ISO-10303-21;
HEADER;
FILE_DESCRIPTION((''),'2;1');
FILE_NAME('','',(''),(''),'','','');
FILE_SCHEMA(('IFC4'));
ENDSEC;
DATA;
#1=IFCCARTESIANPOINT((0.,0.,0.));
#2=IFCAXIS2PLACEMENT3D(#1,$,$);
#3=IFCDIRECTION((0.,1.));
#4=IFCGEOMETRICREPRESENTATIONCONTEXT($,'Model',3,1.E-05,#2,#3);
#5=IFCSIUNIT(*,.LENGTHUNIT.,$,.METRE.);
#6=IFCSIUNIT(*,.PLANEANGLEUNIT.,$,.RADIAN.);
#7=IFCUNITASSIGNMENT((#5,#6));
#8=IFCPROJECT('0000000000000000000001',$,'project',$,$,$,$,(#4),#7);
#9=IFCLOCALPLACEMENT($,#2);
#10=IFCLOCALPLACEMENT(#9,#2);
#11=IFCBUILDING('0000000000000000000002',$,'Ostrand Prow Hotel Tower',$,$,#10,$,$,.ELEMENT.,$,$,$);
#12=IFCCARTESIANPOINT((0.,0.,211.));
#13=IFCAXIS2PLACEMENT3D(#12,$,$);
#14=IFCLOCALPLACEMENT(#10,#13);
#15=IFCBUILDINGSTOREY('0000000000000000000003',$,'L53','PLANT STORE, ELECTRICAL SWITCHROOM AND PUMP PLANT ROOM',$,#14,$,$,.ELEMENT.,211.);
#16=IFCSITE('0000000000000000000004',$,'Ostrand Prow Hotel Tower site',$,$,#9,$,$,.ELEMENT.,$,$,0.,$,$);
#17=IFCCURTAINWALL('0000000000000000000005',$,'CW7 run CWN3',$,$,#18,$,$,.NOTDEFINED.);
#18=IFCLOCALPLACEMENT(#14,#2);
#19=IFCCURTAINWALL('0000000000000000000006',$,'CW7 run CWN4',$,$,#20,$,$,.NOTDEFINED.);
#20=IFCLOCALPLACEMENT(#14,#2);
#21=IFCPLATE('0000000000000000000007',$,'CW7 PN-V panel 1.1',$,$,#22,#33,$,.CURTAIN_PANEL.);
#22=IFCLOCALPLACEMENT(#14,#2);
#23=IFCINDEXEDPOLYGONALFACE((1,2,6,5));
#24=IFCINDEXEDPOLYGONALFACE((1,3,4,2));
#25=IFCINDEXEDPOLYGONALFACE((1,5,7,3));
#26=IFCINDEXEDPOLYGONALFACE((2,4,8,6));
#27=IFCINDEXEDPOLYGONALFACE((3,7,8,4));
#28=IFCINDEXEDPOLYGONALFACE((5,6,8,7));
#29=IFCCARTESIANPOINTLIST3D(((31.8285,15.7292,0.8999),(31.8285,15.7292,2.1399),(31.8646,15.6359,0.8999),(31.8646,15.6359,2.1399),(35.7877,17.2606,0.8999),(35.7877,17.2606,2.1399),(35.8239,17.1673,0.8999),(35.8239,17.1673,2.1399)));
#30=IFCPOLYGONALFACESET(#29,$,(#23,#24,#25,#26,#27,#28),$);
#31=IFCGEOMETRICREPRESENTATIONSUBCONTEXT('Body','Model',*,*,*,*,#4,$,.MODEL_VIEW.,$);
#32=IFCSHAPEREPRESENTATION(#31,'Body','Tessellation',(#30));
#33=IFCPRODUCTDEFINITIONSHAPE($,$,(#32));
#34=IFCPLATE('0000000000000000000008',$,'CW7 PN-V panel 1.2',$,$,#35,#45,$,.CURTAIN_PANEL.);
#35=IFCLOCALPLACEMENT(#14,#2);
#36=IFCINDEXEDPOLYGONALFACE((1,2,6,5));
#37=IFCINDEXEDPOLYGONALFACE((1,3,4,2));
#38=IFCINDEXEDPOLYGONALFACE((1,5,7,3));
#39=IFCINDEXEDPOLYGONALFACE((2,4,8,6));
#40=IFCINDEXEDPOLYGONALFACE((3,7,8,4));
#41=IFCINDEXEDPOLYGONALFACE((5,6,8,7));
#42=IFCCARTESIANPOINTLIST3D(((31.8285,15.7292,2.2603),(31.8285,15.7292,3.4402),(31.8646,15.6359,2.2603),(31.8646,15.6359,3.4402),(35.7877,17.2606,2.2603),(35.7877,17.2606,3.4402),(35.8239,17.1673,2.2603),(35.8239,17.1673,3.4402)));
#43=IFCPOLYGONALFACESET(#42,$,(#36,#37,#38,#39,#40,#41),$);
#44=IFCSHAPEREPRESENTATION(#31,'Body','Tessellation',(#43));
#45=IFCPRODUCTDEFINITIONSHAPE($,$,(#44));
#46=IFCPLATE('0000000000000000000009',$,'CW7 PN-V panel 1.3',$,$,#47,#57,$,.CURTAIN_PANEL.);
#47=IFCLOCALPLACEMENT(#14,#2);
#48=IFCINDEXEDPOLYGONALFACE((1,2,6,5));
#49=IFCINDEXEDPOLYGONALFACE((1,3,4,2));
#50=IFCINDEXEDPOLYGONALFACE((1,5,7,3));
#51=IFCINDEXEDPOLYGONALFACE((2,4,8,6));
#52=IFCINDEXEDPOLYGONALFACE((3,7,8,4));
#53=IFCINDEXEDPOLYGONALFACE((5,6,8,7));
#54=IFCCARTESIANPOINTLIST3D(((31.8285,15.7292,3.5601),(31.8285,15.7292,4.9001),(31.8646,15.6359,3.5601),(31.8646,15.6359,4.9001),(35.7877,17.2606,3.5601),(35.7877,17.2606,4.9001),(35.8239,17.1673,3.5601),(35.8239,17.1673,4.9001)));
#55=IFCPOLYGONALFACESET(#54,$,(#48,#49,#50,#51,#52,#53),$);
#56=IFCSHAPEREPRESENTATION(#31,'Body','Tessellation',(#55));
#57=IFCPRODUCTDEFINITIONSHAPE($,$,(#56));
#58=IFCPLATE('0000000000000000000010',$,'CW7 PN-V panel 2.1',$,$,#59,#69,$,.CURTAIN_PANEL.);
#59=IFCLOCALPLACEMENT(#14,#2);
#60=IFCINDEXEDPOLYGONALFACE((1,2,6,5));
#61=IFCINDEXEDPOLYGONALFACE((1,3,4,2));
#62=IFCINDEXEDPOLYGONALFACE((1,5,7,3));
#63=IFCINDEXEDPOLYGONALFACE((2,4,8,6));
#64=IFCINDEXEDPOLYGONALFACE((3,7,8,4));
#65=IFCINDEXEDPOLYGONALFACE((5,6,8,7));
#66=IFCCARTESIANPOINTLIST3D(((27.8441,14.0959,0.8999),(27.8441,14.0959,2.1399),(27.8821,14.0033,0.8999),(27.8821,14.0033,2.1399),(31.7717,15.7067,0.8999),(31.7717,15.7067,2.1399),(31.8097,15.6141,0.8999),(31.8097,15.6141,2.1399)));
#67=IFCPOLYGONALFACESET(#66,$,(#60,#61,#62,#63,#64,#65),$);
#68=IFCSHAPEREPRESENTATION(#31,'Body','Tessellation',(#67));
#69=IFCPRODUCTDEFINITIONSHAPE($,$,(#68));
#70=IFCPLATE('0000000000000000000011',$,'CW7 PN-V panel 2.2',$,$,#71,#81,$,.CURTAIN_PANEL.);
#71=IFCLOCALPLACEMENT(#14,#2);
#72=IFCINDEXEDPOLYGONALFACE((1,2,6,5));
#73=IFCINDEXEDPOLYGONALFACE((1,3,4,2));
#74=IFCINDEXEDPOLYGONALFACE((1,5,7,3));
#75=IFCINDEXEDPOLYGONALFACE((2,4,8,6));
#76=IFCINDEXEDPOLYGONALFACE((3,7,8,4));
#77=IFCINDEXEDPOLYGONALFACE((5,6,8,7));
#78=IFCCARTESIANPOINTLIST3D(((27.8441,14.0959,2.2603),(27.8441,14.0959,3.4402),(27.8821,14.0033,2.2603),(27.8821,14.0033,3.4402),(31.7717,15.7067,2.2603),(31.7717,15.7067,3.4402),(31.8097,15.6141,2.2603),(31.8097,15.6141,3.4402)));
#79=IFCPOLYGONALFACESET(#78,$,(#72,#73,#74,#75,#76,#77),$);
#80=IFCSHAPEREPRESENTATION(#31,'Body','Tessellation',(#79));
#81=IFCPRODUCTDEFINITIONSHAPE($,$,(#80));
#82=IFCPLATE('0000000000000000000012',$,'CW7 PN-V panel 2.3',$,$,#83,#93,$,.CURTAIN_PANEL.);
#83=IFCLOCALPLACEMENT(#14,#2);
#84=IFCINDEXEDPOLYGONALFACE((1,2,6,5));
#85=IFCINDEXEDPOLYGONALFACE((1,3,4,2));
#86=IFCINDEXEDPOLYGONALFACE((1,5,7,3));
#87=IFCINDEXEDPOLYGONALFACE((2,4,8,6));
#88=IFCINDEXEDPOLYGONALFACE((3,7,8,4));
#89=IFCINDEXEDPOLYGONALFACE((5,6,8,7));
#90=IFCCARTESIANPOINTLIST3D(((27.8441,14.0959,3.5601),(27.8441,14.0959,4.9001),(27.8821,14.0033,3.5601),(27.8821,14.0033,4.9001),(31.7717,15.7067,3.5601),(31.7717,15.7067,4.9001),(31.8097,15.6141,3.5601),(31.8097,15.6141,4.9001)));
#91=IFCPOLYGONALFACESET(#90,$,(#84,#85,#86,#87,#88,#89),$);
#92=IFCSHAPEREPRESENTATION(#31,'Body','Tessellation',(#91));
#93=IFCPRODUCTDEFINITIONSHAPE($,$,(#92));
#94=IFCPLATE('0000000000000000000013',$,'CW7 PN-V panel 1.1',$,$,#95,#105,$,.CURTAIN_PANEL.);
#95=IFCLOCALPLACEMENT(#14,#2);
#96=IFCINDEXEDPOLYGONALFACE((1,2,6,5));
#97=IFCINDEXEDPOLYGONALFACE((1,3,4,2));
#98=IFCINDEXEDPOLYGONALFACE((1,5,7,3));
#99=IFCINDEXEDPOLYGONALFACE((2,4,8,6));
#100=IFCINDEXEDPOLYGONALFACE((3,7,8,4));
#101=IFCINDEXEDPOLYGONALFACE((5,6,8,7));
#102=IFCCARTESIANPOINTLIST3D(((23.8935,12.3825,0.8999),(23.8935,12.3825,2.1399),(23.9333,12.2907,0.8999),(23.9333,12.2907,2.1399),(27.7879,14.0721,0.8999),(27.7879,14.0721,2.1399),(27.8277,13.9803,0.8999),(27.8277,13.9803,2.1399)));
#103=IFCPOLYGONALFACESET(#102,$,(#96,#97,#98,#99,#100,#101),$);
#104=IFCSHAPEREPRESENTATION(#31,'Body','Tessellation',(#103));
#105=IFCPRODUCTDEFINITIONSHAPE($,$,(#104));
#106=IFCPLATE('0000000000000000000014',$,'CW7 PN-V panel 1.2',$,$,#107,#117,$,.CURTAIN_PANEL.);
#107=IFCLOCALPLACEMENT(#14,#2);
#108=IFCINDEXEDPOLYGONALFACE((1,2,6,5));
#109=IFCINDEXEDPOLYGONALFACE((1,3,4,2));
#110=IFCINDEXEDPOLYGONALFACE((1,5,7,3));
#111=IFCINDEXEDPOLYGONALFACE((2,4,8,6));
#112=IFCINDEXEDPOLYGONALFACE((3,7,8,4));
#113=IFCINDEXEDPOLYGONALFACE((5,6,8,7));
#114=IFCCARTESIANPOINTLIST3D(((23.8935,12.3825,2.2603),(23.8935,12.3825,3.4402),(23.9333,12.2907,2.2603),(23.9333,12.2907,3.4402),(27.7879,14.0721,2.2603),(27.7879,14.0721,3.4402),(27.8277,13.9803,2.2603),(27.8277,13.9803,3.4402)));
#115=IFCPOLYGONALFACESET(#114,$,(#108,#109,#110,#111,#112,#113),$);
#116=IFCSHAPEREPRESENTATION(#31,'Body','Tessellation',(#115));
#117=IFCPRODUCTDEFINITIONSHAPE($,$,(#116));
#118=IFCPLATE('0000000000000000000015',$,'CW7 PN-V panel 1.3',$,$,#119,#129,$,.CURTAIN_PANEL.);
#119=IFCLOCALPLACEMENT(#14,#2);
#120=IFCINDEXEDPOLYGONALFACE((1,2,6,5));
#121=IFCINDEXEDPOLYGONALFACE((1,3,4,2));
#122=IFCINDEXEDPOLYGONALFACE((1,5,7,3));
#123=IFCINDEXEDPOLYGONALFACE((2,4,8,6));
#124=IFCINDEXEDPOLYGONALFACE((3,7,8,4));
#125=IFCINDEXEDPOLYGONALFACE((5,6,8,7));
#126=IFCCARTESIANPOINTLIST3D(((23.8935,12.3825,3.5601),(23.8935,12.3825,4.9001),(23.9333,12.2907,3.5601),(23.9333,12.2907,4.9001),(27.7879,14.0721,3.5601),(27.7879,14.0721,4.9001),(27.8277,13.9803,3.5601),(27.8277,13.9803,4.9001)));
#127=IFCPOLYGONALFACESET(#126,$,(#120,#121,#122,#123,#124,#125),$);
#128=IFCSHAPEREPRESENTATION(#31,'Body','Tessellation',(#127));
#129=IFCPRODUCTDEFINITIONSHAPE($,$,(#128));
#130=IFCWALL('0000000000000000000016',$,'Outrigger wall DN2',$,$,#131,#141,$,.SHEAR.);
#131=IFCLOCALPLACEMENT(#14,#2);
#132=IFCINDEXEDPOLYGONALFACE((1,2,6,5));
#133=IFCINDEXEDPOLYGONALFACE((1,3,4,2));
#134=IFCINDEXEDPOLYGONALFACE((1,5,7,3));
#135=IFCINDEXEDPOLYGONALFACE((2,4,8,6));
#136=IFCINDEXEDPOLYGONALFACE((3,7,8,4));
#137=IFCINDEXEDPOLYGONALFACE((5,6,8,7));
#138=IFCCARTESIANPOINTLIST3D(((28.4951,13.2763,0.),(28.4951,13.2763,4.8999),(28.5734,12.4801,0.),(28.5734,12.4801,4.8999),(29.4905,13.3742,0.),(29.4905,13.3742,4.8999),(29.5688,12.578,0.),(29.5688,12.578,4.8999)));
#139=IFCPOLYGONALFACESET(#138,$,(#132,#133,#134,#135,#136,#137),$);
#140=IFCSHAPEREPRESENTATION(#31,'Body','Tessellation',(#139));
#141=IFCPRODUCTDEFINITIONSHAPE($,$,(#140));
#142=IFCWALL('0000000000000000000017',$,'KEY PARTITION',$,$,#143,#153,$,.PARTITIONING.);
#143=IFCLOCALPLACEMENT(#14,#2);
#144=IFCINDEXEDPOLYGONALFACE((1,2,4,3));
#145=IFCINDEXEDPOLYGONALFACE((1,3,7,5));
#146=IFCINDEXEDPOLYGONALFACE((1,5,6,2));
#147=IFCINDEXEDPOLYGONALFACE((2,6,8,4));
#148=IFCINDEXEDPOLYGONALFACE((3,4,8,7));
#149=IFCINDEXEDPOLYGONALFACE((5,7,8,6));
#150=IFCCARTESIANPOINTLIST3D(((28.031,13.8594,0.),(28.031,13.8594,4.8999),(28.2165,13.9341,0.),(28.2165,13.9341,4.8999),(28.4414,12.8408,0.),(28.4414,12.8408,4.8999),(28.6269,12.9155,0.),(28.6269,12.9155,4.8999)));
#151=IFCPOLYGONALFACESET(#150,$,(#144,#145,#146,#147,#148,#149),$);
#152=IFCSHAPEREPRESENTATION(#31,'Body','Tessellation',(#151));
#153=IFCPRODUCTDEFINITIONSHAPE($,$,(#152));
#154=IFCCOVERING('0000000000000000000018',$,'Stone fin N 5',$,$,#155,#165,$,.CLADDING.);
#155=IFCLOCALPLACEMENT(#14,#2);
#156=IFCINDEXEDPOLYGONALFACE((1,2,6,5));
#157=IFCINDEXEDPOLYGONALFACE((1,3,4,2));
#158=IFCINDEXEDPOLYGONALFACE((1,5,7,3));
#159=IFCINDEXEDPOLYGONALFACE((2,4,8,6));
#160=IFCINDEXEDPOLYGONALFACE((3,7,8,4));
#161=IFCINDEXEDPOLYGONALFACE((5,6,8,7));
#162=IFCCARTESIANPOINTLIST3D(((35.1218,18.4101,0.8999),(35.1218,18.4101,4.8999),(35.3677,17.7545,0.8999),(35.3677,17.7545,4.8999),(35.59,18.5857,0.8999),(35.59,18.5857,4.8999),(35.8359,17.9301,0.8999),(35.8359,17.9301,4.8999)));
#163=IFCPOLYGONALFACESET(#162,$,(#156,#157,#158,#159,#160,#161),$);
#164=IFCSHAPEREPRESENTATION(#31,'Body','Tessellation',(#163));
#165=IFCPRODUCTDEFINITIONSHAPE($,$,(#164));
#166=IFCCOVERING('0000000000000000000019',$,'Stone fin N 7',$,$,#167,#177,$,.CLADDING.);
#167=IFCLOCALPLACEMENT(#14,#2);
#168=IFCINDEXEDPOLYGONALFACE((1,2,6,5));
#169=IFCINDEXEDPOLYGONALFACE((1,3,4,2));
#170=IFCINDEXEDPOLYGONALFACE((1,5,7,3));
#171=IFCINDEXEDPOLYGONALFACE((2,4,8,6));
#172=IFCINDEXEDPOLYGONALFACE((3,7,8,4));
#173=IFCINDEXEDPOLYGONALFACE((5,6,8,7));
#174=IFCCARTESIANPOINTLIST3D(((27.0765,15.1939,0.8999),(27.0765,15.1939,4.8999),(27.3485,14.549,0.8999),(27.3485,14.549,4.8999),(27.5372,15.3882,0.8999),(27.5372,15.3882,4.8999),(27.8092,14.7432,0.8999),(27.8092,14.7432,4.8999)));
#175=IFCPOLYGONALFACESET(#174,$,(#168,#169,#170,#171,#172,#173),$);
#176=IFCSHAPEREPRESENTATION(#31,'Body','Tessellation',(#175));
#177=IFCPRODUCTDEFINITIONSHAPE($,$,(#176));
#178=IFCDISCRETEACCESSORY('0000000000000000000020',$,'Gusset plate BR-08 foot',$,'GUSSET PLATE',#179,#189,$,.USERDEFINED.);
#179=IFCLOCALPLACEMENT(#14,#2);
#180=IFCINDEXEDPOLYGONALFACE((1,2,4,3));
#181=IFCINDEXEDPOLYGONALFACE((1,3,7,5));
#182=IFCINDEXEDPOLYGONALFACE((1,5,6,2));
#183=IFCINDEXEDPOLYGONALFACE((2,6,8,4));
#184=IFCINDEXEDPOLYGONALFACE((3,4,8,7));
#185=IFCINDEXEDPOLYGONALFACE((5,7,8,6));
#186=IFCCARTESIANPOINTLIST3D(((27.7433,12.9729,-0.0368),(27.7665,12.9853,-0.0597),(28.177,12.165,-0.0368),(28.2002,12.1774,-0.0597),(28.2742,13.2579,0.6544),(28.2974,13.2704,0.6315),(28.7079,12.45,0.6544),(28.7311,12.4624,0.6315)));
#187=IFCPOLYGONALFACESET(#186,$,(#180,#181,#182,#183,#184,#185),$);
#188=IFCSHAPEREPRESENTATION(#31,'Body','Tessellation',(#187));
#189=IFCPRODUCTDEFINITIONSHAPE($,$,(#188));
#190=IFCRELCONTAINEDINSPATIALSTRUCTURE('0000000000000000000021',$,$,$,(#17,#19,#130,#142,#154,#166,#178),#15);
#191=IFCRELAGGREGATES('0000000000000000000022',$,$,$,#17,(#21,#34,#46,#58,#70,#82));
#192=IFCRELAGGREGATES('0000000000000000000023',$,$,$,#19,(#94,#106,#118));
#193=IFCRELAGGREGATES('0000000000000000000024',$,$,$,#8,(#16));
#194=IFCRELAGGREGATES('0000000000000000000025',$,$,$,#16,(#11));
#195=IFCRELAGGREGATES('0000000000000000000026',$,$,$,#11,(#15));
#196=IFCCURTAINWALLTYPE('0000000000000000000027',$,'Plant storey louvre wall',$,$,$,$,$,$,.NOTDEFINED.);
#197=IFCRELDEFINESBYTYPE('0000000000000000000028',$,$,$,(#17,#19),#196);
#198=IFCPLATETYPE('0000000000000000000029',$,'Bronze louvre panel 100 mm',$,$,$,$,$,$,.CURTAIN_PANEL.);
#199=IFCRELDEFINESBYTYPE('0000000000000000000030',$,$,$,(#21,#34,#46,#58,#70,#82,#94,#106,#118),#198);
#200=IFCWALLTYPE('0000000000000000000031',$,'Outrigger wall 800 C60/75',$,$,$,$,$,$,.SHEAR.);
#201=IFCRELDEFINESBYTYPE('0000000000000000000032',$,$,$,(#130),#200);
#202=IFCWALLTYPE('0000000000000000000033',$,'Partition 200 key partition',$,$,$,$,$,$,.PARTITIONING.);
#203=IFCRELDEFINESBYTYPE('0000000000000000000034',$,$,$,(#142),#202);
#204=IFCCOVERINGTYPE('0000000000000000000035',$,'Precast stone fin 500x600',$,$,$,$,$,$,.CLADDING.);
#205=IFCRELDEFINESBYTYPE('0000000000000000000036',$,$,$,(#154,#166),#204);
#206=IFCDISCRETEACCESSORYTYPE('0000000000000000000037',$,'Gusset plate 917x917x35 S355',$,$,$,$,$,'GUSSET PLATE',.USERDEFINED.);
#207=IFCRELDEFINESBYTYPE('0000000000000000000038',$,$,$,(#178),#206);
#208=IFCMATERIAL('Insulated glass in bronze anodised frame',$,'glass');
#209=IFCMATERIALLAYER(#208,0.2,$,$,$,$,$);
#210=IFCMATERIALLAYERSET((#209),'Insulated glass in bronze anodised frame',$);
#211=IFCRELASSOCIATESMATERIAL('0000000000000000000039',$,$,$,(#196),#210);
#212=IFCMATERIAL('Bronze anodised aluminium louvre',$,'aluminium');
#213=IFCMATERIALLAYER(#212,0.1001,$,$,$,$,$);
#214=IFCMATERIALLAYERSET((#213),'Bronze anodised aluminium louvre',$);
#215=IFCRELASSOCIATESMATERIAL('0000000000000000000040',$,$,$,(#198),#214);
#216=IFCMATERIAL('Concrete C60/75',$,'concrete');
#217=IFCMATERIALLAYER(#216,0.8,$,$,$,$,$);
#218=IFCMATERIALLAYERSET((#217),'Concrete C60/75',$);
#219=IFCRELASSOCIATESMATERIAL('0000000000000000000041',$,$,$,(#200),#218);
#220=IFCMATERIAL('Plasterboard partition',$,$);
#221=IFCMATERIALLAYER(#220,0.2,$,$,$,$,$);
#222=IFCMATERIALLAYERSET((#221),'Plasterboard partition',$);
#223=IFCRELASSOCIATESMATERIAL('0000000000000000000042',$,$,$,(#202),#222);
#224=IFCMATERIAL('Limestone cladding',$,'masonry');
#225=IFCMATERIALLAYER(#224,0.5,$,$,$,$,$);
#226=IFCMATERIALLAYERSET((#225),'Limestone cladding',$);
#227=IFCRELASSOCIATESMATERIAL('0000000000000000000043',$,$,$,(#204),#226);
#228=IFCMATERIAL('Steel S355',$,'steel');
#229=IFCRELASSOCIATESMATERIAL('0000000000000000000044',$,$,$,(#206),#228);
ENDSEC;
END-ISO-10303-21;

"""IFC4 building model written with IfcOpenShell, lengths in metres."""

from ifc_helpers import new_model, si_unit, direction, frame, frame_2d, origin, origin_2d, place, context, subcontext, project, spatial, rectangle, extrude, material, layer, layer_set, material_profile, profile_set, type_object, element, aggregate, save


model = new_model("IFC4")

# Units and contexts
model_context = context("Model", 3, precision=1e-05, world=origin(), true_north=direction((0.0, 1.0)))
body_context = subcontext(model_context, "Body", "Model", "MODEL_VIEW")
ifc_project = project(units=[si_unit("LENGTHUNIT", "METRE"), si_unit("PLANEANGLEUNIT", "RADIAN")], contexts=[model_context])

# Site, building, storey
site_placement = place(None, origin())
site = spatial("IfcSite", under=ifc_project, at=site_placement, Name="Ostrand Prow Hotel Tower site", CompositionType="ELEMENT", RefElevation=0.0)
building_placement = place(site_placement, origin())
building = spatial("IfcBuilding", under=site, at=building_placement, Name="Ostrand Prow Hotel Tower", CompositionType="ELEMENT")
storey_placement = place(building_placement, frame((0.0, 0.0, 211.0)))
storey = spatial("IfcBuildingStorey", under=building, at=storey_placement, Name="L53", Description="PLANT STORE, ELECTRICAL SWITCHROOM AND PUMP PLANT ROOM", CompositionType="ELEMENT", Elevation=211.0)

# Curtain wall
ifc_material_1 = material(Name="Insulated glass in bronze anodised frame", Category="glass")
ifc_layer_1 = layer(ifc_material_1, 0.2)
ifc_layer_set_1 = layer_set([ifc_layer_1], Name="Insulated glass in bronze anodised frame")
curtain_wall_type = type_object("IfcCurtainWallType", Name="Plant storey louvre wall", PredefinedType="NOTDEFINED", material=ifc_layer_set_1)
curtain_wall_1_placement = place(storey_placement, origin())
curtain_wall_1 = element("IfcCurtainWall", 1, at=curtain_wall_1_placement, inside=storey, type_object=curtain_wall_type, Name="CW7 run CWN3", PredefinedType="NOTDEFINED")

# Curtain wall
curtain_wall_2_placement = place(storey_placement, origin())
curtain_wall_2 = element("IfcCurtainWall", 2, at=curtain_wall_2_placement, inside=storey, type_object=curtain_wall_type, Name="CW7 run CWN4", PredefinedType="NOTDEFINED")

# Plates
ifc_material_2 = material(Name="Bronze anodised aluminium louvre", Category="aluminium")
ifc_layer_2 = layer(ifc_material_2, 0.1001)
ifc_layer_set_2 = layer_set([ifc_layer_2], Name="Bronze anodised aluminium louvre")
plate_type = type_object("IfcPlateType", Name="Bronze louvre panel 100 mm", PredefinedType="CURTAIN_PANEL", material=ifc_layer_set_2)
plate_1_placement = place(storey_placement, frame((33.8262, 16.4482, 0.8999), z_axis=(0.0, 0.0, 1.0), x_axis=(-0.932663, -0.360749, 0.0)))
plate_1 = element("IfcPlate", 3, at=plate_1_placement, type_object=plate_type, Name="CW7 PN-V panel 1.1", PredefinedType="CURTAIN_PANEL", context=body_context, shape_type="SweptSolid", body=[
    extrude(rectangle(XDim=4.2451, YDim=0.1001, at=origin_2d()), origin(), (0.0, 0.0, 1.0), 1.24),
])
plate_2_placement = place(storey_placement, frame((33.8262, 16.4482, 2.2603), z_axis=(0.0, 0.0, 1.0), x_axis=(-0.932663, -0.360749, 0.0)))
plate_2 = element("IfcPlate", 4, at=plate_2_placement, type_object=plate_type, Name="CW7 PN-V panel 1.2", PredefinedType="CURTAIN_PANEL", context=body_context, shape_type="SweptSolid", body=[
    extrude(rectangle(XDim=4.2451, YDim=0.1001, at=origin_2d()), origin(), (0.0, 0.0, 1.0), 1.1799),
])
plate_3_placement = place(storey_placement, frame((33.8262, 16.4482, 3.5601), z_axis=(0.0, 0.0, 1.0), x_axis=(-0.932663, -0.360749, 0.0)))
plate_3 = element("IfcPlate", 5, at=plate_3_placement, type_object=plate_type, Name="CW7 PN-V panel 1.3", PredefinedType="CURTAIN_PANEL", context=body_context, shape_type="SweptSolid", body=[
    extrude(rectangle(XDim=4.2451, YDim=0.1001, at=origin_2d()), origin(), (0.0, 0.0, 1.0), 1.3401),
])
plate_4_placement = place(storey_placement, frame((29.8269, 14.855, 0.8999), z_axis=(0.0, 0.0, 1.0), x_axis=(-0.925211, -0.379453, 0.0)))
plate_4 = element("IfcPlate", 6, at=plate_4_placement, type_object=plate_type, Name="CW7 PN-V panel 2.1", PredefinedType="CURTAIN_PANEL", context=body_context, shape_type="SweptSolid", body=[
    extrude(rectangle(XDim=4.2451, YDim=0.1001, at=origin_2d()), origin(), (0.0, 0.0, 1.0), 1.24),
])
plate_5_placement = place(storey_placement, frame((29.8269, 14.855, 2.2603), z_axis=(0.0, 0.0, 1.0), x_axis=(-0.925211, -0.379453, 0.0)))
plate_5 = element("IfcPlate", 7, at=plate_5_placement, type_object=plate_type, Name="CW7 PN-V panel 2.2", PredefinedType="CURTAIN_PANEL", context=body_context, shape_type="SweptSolid", body=[
    extrude(rectangle(XDim=4.2451, YDim=0.1001, at=origin_2d()), origin(), (0.0, 0.0, 1.0), 1.1799),
])
plate_6_placement = place(storey_placement, frame((29.8269, 14.855, 3.5601), z_axis=(0.0, 0.0, 1.0), x_axis=(-0.925211, -0.379453, 0.0)))
plate_6 = element("IfcPlate", 8, at=plate_6_placement, type_object=plate_type, Name="CW7 PN-V panel 2.3", PredefinedType="CURTAIN_PANEL", context=body_context, shape_type="SweptSolid", body=[
    extrude(rectangle(XDim=4.2451, YDim=0.1001, at=origin_2d()), origin(), (0.0, 0.0, 1.0), 1.3401),
])
aggregate(curtain_wall_1, [plate_1, plate_2, plate_3, plate_4, plate_5, plate_6])
plate_7_placement = place(storey_placement, frame((25.8606, 13.1814, 0.8999), z_axis=(0.0, 0.0, 1.0), x_axis=(-0.917383, -0.398005, 0.0)))
plate_7 = element("IfcPlate", 9, at=plate_7_placement, type_object=plate_type, Name="CW7 PN-V panel 1.1", PredefinedType="CURTAIN_PANEL", context=body_context, shape_type="SweptSolid", body=[
    extrude(rectangle(XDim=4.2451, YDim=0.1001, at=origin_2d()), origin(), (0.0, 0.0, 1.0), 1.24),
])
plate_8_placement = place(storey_placement, frame((25.8606, 13.1814, 2.2603), z_axis=(0.0, 0.0, 1.0), x_axis=(-0.917383, -0.398005, 0.0)))
plate_8 = element("IfcPlate", 10, at=plate_8_placement, type_object=plate_type, Name="CW7 PN-V panel 1.2", PredefinedType="CURTAIN_PANEL", context=body_context, shape_type="SweptSolid", body=[
    extrude(rectangle(XDim=4.2451, YDim=0.1001, at=origin_2d()), origin(), (0.0, 0.0, 1.0), 1.1799),
])
plate_9_placement = place(storey_placement, frame((25.8606, 13.1814, 3.5601), z_axis=(0.0, 0.0, 1.0), x_axis=(-0.917383, -0.398005, 0.0)))
plate_9 = element("IfcPlate", 11, at=plate_9_placement, type_object=plate_type, Name="CW7 PN-V panel 1.3", PredefinedType="CURTAIN_PANEL", context=body_context, shape_type="SweptSolid", body=[
    extrude(rectangle(XDim=4.2451, YDim=0.1001, at=origin_2d()), origin(), (0.0, 0.0, 1.0), 1.3401),
])
aggregate(curtain_wall_2, [plate_7, plate_8, plate_9])

# Walls
ifc_material_3 = material(Name="Concrete C60/75", Category="concrete")
ifc_layer_3 = layer(ifc_material_3, 0.8)
ifc_layer_set_3 = layer_set([ifc_layer_3], Name="Concrete C60/75")
wall_type_1 = type_object("IfcWallType", Name="Outrigger wall 800 C60/75", PredefinedType="SHEAR", material=ifc_layer_set_3)
wall_1_placement = place(storey_placement, frame((29.5295, 12.9761, 0.0), z_axis=(0.0, 0.0, 1.0), x_axis=(-0.995198, -0.097884, 0.0)))
element("IfcWall", 12, at=wall_1_placement, inside=storey, type_object=wall_type_1, Name="Outrigger wall DN2", PredefinedType="SHEAR", context=body_context, shape_type="SweptSolid", body=[
    extrude(rectangle(XDim=1.0002, YDim=0.8, at=frame_2d((0.5, 0.0))), origin(), (0.0, 0.0, 1.0), 4.8999),
])
ifc_material_4 = material(Name="Plasterboard partition")
ifc_layer_4 = layer(ifc_material_4, 0.2)
ifc_layer_set_4 = layer_set([ifc_layer_4], Name="Plasterboard partition")
wall_type_2 = type_object("IfcWallType", Name="Partition 200 key partition", PredefinedType="PARTITIONING", material=ifc_layer_set_4)
wall_2_placement = place(storey_placement, frame((28.5342, 12.8782, 0.0), z_axis=(0.0, 0.0, 1.0), x_axis=(-0.373728, 0.927538, 0.0)))
element("IfcWall", 13, at=wall_2_placement, inside=storey, type_object=wall_type_2, Name="KEY PARTITION", PredefinedType="PARTITIONING", context=body_context, shape_type="SweptSolid", body=[
    extrude(rectangle(XDim=1.0981, YDim=0.2, at=frame_2d((0.5491, 0.0))), origin(), (0.0, 0.0, 1.0), 4.8999),
])

# Coverings
ifc_material_5 = material(Name="Limestone cladding", Category="masonry")
ifc_layer_5 = layer(ifc_material_5, 0.5)
ifc_layer_set_5 = layer_set([ifc_layer_5], Name="Limestone cladding")
covering_type = type_object("IfcCoveringType", Name="Precast stone fin 500x600", PredefinedType="CLADDING", material=ifc_layer_set_5)
covering_1_placement = place(storey_placement, frame((35.6018, 17.8423, 0.8999), z_axis=(0.0, 0.0, 1.0), x_axis=(-0.351162, 0.936315, 0.0)))
element("IfcCovering", 14, at=covering_1_placement, inside=storey, type_object=covering_type, Name="Stone fin N 5", PredefinedType="CLADDING", context=body_context, shape_type="SweptSolid", body=[
    extrude(rectangle(XDim=0.7002, YDim=0.5, at=frame_2d((0.3501, 0.0))), origin(), (0.0, 0.0, 1.0), 4.0),
])
covering_2_placement = place(storey_placement, frame((27.5789, 14.646, 0.8999), z_axis=(0.0, 0.0, 1.0), x_axis=(-0.388525, 0.921438, 0.0)))
element("IfcCovering", 15, at=covering_2_placement, inside=storey, type_object=covering_type, Name="Stone fin N 7", PredefinedType="CLADDING", context=body_context, shape_type="SweptSolid", body=[
    extrude(rectangle(XDim=0.7, YDim=0.5, at=frame_2d((0.3501, 0.0))), origin(), (0.0, 0.0, 1.0), 4.0),
])

# Discrete accessory
ifc_material_6 = material(Name="Steel S355", Category="steel")
ifc_material_profile_1 = material_profile(ifc_material_6, rectangle(XDim=0.917, YDim=0.917, at=origin_2d()), Name="PL 917x917x35")
ifc_profile_set_1 = profile_set([ifc_material_profile_1], Name="Steel S355")
discrete_accessory_type = type_object("IfcDiscreteAccessoryType", Name="Gusset plate 917x917x35 S355", ElementType="GUSSET PLATE", PredefinedType="USERDEFINED", material=ifc_profile_set_1)
discrete_accessory_1_placement = place(storey_placement, frame((28.2488, 12.7239, 0.2859), z_axis=(-0.664125, -0.35653, 0.657134), x_axis=(0.472993, -0.881066, 0.0)))
element("IfcDiscreteAccessory", 16, at=discrete_accessory_1_placement, inside=storey, type_object=discrete_accessory_type, Name="Gusset plate BR-08 foot", ObjectType="GUSSET PLATE", PredefinedType="USERDEFINED", context=body_context, shape_type="SweptSolid", body=[
    extrude(rectangle(XDim=0.917, YDim=0.917, at=origin_2d()), origin(), (0.0, 0.0, 1.0), 0.0349),
])

save(model, "model.ifc")
